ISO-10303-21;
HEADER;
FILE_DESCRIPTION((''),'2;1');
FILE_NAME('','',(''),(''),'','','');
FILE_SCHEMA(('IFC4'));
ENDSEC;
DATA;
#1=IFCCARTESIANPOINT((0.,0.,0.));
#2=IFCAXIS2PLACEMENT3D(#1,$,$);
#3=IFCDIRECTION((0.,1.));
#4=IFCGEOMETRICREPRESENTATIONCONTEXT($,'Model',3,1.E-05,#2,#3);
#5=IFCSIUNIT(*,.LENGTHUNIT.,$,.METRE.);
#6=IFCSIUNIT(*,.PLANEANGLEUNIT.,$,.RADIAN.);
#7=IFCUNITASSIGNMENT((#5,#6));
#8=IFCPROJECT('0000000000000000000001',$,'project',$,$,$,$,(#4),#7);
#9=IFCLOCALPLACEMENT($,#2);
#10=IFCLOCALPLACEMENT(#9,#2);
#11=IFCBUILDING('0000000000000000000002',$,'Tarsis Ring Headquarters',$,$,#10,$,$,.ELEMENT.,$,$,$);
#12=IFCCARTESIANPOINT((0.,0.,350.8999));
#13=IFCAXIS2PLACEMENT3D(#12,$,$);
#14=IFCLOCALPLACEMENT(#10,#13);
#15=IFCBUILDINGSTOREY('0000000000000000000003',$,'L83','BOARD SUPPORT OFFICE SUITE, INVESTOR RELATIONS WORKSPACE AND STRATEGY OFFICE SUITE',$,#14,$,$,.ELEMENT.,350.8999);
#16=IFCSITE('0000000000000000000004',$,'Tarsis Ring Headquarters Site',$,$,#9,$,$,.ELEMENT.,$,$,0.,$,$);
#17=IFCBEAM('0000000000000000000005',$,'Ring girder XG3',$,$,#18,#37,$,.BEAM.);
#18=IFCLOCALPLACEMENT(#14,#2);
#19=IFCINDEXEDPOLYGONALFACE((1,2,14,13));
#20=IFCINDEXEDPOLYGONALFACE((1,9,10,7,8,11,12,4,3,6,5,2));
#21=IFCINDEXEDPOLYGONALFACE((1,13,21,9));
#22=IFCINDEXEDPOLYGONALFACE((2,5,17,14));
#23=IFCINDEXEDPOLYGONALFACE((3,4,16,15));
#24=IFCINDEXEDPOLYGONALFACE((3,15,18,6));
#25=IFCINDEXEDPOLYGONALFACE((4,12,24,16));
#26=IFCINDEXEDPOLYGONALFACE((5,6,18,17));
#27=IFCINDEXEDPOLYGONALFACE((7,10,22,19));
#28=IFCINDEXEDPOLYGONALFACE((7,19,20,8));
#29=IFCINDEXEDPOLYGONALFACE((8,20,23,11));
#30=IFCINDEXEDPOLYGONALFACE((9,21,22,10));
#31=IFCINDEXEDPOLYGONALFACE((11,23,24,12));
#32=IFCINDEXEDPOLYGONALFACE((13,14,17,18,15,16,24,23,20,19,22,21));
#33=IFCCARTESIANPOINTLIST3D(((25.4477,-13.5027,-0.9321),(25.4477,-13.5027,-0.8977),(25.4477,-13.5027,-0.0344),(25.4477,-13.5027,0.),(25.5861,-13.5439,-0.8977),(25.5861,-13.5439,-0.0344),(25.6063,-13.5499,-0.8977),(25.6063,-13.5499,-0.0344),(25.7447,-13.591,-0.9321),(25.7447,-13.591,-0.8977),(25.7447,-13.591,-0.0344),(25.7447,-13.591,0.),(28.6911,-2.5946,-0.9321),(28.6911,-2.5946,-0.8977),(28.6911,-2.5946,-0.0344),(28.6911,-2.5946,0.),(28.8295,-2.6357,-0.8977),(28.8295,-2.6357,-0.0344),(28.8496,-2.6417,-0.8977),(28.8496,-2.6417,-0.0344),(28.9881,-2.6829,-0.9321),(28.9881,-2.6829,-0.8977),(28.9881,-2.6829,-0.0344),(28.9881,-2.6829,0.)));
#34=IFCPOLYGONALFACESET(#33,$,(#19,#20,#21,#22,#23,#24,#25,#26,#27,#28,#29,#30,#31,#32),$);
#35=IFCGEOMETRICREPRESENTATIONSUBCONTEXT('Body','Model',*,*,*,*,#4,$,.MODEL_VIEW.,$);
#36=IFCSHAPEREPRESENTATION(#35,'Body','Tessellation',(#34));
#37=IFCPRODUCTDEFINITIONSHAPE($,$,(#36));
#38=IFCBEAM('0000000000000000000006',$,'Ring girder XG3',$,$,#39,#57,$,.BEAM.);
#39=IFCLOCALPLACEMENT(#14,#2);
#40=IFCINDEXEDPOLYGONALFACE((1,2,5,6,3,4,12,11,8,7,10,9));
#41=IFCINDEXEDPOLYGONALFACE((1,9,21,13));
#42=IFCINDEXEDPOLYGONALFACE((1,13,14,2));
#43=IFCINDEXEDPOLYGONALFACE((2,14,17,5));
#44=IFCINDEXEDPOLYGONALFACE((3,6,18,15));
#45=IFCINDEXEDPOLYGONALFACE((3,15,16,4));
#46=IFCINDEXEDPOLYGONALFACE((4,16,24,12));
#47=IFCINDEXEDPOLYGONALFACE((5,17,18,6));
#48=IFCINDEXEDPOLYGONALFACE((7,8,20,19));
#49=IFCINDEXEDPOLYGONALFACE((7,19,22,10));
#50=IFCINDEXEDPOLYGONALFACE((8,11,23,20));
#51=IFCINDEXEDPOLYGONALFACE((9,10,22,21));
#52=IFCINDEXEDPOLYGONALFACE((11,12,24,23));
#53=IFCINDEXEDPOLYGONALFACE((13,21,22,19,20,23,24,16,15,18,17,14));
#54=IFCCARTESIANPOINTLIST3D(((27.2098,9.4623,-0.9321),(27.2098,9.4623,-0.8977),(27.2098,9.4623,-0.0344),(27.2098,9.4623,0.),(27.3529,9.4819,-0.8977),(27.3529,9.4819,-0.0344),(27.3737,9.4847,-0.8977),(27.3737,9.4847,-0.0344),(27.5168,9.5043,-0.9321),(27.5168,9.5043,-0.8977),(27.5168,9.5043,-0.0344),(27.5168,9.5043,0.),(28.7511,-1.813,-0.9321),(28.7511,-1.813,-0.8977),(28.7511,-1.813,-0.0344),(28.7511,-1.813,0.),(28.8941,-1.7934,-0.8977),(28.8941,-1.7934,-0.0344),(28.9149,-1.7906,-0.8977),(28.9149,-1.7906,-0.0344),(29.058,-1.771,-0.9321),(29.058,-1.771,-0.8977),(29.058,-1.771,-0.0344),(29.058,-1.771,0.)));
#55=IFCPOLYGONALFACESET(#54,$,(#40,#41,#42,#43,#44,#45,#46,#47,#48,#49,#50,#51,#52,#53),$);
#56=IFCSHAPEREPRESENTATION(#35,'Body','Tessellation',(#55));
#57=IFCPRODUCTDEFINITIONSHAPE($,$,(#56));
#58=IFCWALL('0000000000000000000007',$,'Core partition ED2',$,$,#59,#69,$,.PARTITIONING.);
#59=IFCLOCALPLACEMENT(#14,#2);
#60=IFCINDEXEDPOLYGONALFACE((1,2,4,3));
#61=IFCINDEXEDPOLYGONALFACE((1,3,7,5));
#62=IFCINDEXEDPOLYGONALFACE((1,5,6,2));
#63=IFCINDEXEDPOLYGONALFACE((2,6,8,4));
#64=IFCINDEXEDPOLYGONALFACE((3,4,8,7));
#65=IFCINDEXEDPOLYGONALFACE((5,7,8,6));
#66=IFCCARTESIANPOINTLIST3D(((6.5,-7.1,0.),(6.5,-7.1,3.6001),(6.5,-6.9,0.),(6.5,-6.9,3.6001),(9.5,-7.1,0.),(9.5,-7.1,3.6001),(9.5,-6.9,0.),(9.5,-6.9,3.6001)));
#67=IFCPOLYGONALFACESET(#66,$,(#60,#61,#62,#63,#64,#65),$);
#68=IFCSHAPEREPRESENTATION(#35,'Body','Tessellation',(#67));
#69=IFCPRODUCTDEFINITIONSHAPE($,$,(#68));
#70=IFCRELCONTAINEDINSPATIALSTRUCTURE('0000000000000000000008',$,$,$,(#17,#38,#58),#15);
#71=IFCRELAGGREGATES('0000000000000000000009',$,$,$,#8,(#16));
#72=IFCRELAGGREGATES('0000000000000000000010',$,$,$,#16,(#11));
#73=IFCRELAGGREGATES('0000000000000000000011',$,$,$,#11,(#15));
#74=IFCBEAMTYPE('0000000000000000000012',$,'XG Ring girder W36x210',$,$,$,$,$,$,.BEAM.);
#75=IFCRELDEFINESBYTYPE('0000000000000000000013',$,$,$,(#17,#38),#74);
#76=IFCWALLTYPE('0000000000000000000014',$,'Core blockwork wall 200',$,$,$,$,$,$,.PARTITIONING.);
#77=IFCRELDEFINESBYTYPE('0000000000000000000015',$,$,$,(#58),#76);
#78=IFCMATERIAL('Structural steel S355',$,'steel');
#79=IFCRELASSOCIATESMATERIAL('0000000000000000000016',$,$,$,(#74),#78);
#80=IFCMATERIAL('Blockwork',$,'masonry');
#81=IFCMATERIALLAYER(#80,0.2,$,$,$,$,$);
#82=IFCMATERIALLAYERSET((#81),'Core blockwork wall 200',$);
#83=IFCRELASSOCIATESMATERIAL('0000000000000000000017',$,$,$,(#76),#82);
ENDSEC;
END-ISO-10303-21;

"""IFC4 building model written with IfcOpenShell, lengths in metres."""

from ifc_helpers import new_model, si_unit, direction, frame, frame_2d, origin, origin_2d, place, context, subcontext, project, spatial, rectangle, i_section, extrude, material, layer, layer_set, material_profile, profile_set, type_object, element, save


model = new_model("IFC4")

# Units and contexts
model_context = context("Model", 3, precision=1e-05, world=origin(), true_north=direction((0.0, 1.0)))
body_context = subcontext(model_context, "Body", "Model", "MODEL_VIEW")
ifc_project = project(units=[si_unit("LENGTHUNIT", "METRE"), si_unit("PLANEANGLEUNIT", "RADIAN")], contexts=[model_context])

# Site, building, storey
site_placement = place(None, origin())
site = spatial("IfcSite", under=ifc_project, at=site_placement, Name="Tarsis Ring Headquarters Site", CompositionType="ELEMENT", RefElevation=0.0)
building_placement = place(site_placement, origin())
building = spatial("IfcBuilding", under=site, at=building_placement, Name="Tarsis Ring Headquarters", CompositionType="ELEMENT")
storey_placement = place(building_placement, frame((0.0, 0.0, 350.8999)))
storey = spatial("IfcBuildingStorey", under=building, at=storey_placement, Name="L83", Description="BOARD SUPPORT OFFICE SUITE, INVESTOR RELATIONS WORKSPACE AND STRATEGY OFFICE SUITE", CompositionType="ELEMENT", Elevation=350.8999)

# Shared definitions
ifc_material_1 = material(Name="Structural steel S355", Category="steel")

# Beams
ifc_material_profile_1 = material_profile(ifc_material_1, i_section(OverallWidth=0.3098, OverallDepth=0.9321, WebThickness=0.021, FlangeThickness=0.0344, at=origin_2d()), Name="W36x210")
ifc_profile_set_1 = profile_set([ifc_material_profile_1], Name="Structural steel S355")
beam_type_1 = type_object("IfcBeamType", Name="XG Ring girder W36x210", PredefinedType="BEAM", material=ifc_profile_set_1)
for number, where, z_axis, x_axis, name in (
    (1, (25.5962, -13.5469, -0.4661), (0.285005, 0.958526, 0.0), (-0.958526, 0.285005, 0.0), "Ring girder XG3"),
    (2, (28.9045, -1.792, -0.4661), (-0.135433, 0.990787, 0.0), (-0.990787, -0.135433, 0.0), "Ring girder XG3"),
):
    element("IfcBeam", number, at=place(storey_placement, frame(where, z_axis=z_axis, x_axis=x_axis)), inside=storey, type_object=beam_type_1, Name=name, PredefinedType="BEAM", context=body_context, shape_type="SweptSolid", body=[
        extrude(i_section(OverallWidth=0.3098, OverallDepth=0.9321, WebThickness=0.021, FlangeThickness=0.0344, at=origin_2d()), origin(), (0.0, 0.0, 1.0), 11.3801),
    ])

# Wall
ifc_material_2 = material(Name="Blockwork", Category="masonry")
ifc_layer_1 = layer(ifc_material_2, 0.2)
ifc_layer_set_1 = layer_set([ifc_layer_1], Name="Core blockwork wall 200")
wall_type_1 = type_object("IfcWallType", Name="Core blockwork wall 200", PredefinedType="PARTITIONING", material=ifc_layer_set_1)
wall_1_placement = place(storey_placement, frame((6.5, -7.0, 0.0), z_axis=(0.0, 0.0, 1.0), x_axis=(1.0, 0.0, 0.0)))
element("IfcWall", 3, at=wall_1_placement, inside=storey, type_object=wall_type_1, Name="Core partition ED2", PredefinedType="PARTITIONING", context=body_context, shape_type="SweptSolid", body=[
    extrude(rectangle(XDim=3.0, YDim=0.2, at=frame_2d((1.5, 0.0))), origin(), (0.0, 0.0, 1.0), 3.6001),
])

save(model, "model.ifc")
